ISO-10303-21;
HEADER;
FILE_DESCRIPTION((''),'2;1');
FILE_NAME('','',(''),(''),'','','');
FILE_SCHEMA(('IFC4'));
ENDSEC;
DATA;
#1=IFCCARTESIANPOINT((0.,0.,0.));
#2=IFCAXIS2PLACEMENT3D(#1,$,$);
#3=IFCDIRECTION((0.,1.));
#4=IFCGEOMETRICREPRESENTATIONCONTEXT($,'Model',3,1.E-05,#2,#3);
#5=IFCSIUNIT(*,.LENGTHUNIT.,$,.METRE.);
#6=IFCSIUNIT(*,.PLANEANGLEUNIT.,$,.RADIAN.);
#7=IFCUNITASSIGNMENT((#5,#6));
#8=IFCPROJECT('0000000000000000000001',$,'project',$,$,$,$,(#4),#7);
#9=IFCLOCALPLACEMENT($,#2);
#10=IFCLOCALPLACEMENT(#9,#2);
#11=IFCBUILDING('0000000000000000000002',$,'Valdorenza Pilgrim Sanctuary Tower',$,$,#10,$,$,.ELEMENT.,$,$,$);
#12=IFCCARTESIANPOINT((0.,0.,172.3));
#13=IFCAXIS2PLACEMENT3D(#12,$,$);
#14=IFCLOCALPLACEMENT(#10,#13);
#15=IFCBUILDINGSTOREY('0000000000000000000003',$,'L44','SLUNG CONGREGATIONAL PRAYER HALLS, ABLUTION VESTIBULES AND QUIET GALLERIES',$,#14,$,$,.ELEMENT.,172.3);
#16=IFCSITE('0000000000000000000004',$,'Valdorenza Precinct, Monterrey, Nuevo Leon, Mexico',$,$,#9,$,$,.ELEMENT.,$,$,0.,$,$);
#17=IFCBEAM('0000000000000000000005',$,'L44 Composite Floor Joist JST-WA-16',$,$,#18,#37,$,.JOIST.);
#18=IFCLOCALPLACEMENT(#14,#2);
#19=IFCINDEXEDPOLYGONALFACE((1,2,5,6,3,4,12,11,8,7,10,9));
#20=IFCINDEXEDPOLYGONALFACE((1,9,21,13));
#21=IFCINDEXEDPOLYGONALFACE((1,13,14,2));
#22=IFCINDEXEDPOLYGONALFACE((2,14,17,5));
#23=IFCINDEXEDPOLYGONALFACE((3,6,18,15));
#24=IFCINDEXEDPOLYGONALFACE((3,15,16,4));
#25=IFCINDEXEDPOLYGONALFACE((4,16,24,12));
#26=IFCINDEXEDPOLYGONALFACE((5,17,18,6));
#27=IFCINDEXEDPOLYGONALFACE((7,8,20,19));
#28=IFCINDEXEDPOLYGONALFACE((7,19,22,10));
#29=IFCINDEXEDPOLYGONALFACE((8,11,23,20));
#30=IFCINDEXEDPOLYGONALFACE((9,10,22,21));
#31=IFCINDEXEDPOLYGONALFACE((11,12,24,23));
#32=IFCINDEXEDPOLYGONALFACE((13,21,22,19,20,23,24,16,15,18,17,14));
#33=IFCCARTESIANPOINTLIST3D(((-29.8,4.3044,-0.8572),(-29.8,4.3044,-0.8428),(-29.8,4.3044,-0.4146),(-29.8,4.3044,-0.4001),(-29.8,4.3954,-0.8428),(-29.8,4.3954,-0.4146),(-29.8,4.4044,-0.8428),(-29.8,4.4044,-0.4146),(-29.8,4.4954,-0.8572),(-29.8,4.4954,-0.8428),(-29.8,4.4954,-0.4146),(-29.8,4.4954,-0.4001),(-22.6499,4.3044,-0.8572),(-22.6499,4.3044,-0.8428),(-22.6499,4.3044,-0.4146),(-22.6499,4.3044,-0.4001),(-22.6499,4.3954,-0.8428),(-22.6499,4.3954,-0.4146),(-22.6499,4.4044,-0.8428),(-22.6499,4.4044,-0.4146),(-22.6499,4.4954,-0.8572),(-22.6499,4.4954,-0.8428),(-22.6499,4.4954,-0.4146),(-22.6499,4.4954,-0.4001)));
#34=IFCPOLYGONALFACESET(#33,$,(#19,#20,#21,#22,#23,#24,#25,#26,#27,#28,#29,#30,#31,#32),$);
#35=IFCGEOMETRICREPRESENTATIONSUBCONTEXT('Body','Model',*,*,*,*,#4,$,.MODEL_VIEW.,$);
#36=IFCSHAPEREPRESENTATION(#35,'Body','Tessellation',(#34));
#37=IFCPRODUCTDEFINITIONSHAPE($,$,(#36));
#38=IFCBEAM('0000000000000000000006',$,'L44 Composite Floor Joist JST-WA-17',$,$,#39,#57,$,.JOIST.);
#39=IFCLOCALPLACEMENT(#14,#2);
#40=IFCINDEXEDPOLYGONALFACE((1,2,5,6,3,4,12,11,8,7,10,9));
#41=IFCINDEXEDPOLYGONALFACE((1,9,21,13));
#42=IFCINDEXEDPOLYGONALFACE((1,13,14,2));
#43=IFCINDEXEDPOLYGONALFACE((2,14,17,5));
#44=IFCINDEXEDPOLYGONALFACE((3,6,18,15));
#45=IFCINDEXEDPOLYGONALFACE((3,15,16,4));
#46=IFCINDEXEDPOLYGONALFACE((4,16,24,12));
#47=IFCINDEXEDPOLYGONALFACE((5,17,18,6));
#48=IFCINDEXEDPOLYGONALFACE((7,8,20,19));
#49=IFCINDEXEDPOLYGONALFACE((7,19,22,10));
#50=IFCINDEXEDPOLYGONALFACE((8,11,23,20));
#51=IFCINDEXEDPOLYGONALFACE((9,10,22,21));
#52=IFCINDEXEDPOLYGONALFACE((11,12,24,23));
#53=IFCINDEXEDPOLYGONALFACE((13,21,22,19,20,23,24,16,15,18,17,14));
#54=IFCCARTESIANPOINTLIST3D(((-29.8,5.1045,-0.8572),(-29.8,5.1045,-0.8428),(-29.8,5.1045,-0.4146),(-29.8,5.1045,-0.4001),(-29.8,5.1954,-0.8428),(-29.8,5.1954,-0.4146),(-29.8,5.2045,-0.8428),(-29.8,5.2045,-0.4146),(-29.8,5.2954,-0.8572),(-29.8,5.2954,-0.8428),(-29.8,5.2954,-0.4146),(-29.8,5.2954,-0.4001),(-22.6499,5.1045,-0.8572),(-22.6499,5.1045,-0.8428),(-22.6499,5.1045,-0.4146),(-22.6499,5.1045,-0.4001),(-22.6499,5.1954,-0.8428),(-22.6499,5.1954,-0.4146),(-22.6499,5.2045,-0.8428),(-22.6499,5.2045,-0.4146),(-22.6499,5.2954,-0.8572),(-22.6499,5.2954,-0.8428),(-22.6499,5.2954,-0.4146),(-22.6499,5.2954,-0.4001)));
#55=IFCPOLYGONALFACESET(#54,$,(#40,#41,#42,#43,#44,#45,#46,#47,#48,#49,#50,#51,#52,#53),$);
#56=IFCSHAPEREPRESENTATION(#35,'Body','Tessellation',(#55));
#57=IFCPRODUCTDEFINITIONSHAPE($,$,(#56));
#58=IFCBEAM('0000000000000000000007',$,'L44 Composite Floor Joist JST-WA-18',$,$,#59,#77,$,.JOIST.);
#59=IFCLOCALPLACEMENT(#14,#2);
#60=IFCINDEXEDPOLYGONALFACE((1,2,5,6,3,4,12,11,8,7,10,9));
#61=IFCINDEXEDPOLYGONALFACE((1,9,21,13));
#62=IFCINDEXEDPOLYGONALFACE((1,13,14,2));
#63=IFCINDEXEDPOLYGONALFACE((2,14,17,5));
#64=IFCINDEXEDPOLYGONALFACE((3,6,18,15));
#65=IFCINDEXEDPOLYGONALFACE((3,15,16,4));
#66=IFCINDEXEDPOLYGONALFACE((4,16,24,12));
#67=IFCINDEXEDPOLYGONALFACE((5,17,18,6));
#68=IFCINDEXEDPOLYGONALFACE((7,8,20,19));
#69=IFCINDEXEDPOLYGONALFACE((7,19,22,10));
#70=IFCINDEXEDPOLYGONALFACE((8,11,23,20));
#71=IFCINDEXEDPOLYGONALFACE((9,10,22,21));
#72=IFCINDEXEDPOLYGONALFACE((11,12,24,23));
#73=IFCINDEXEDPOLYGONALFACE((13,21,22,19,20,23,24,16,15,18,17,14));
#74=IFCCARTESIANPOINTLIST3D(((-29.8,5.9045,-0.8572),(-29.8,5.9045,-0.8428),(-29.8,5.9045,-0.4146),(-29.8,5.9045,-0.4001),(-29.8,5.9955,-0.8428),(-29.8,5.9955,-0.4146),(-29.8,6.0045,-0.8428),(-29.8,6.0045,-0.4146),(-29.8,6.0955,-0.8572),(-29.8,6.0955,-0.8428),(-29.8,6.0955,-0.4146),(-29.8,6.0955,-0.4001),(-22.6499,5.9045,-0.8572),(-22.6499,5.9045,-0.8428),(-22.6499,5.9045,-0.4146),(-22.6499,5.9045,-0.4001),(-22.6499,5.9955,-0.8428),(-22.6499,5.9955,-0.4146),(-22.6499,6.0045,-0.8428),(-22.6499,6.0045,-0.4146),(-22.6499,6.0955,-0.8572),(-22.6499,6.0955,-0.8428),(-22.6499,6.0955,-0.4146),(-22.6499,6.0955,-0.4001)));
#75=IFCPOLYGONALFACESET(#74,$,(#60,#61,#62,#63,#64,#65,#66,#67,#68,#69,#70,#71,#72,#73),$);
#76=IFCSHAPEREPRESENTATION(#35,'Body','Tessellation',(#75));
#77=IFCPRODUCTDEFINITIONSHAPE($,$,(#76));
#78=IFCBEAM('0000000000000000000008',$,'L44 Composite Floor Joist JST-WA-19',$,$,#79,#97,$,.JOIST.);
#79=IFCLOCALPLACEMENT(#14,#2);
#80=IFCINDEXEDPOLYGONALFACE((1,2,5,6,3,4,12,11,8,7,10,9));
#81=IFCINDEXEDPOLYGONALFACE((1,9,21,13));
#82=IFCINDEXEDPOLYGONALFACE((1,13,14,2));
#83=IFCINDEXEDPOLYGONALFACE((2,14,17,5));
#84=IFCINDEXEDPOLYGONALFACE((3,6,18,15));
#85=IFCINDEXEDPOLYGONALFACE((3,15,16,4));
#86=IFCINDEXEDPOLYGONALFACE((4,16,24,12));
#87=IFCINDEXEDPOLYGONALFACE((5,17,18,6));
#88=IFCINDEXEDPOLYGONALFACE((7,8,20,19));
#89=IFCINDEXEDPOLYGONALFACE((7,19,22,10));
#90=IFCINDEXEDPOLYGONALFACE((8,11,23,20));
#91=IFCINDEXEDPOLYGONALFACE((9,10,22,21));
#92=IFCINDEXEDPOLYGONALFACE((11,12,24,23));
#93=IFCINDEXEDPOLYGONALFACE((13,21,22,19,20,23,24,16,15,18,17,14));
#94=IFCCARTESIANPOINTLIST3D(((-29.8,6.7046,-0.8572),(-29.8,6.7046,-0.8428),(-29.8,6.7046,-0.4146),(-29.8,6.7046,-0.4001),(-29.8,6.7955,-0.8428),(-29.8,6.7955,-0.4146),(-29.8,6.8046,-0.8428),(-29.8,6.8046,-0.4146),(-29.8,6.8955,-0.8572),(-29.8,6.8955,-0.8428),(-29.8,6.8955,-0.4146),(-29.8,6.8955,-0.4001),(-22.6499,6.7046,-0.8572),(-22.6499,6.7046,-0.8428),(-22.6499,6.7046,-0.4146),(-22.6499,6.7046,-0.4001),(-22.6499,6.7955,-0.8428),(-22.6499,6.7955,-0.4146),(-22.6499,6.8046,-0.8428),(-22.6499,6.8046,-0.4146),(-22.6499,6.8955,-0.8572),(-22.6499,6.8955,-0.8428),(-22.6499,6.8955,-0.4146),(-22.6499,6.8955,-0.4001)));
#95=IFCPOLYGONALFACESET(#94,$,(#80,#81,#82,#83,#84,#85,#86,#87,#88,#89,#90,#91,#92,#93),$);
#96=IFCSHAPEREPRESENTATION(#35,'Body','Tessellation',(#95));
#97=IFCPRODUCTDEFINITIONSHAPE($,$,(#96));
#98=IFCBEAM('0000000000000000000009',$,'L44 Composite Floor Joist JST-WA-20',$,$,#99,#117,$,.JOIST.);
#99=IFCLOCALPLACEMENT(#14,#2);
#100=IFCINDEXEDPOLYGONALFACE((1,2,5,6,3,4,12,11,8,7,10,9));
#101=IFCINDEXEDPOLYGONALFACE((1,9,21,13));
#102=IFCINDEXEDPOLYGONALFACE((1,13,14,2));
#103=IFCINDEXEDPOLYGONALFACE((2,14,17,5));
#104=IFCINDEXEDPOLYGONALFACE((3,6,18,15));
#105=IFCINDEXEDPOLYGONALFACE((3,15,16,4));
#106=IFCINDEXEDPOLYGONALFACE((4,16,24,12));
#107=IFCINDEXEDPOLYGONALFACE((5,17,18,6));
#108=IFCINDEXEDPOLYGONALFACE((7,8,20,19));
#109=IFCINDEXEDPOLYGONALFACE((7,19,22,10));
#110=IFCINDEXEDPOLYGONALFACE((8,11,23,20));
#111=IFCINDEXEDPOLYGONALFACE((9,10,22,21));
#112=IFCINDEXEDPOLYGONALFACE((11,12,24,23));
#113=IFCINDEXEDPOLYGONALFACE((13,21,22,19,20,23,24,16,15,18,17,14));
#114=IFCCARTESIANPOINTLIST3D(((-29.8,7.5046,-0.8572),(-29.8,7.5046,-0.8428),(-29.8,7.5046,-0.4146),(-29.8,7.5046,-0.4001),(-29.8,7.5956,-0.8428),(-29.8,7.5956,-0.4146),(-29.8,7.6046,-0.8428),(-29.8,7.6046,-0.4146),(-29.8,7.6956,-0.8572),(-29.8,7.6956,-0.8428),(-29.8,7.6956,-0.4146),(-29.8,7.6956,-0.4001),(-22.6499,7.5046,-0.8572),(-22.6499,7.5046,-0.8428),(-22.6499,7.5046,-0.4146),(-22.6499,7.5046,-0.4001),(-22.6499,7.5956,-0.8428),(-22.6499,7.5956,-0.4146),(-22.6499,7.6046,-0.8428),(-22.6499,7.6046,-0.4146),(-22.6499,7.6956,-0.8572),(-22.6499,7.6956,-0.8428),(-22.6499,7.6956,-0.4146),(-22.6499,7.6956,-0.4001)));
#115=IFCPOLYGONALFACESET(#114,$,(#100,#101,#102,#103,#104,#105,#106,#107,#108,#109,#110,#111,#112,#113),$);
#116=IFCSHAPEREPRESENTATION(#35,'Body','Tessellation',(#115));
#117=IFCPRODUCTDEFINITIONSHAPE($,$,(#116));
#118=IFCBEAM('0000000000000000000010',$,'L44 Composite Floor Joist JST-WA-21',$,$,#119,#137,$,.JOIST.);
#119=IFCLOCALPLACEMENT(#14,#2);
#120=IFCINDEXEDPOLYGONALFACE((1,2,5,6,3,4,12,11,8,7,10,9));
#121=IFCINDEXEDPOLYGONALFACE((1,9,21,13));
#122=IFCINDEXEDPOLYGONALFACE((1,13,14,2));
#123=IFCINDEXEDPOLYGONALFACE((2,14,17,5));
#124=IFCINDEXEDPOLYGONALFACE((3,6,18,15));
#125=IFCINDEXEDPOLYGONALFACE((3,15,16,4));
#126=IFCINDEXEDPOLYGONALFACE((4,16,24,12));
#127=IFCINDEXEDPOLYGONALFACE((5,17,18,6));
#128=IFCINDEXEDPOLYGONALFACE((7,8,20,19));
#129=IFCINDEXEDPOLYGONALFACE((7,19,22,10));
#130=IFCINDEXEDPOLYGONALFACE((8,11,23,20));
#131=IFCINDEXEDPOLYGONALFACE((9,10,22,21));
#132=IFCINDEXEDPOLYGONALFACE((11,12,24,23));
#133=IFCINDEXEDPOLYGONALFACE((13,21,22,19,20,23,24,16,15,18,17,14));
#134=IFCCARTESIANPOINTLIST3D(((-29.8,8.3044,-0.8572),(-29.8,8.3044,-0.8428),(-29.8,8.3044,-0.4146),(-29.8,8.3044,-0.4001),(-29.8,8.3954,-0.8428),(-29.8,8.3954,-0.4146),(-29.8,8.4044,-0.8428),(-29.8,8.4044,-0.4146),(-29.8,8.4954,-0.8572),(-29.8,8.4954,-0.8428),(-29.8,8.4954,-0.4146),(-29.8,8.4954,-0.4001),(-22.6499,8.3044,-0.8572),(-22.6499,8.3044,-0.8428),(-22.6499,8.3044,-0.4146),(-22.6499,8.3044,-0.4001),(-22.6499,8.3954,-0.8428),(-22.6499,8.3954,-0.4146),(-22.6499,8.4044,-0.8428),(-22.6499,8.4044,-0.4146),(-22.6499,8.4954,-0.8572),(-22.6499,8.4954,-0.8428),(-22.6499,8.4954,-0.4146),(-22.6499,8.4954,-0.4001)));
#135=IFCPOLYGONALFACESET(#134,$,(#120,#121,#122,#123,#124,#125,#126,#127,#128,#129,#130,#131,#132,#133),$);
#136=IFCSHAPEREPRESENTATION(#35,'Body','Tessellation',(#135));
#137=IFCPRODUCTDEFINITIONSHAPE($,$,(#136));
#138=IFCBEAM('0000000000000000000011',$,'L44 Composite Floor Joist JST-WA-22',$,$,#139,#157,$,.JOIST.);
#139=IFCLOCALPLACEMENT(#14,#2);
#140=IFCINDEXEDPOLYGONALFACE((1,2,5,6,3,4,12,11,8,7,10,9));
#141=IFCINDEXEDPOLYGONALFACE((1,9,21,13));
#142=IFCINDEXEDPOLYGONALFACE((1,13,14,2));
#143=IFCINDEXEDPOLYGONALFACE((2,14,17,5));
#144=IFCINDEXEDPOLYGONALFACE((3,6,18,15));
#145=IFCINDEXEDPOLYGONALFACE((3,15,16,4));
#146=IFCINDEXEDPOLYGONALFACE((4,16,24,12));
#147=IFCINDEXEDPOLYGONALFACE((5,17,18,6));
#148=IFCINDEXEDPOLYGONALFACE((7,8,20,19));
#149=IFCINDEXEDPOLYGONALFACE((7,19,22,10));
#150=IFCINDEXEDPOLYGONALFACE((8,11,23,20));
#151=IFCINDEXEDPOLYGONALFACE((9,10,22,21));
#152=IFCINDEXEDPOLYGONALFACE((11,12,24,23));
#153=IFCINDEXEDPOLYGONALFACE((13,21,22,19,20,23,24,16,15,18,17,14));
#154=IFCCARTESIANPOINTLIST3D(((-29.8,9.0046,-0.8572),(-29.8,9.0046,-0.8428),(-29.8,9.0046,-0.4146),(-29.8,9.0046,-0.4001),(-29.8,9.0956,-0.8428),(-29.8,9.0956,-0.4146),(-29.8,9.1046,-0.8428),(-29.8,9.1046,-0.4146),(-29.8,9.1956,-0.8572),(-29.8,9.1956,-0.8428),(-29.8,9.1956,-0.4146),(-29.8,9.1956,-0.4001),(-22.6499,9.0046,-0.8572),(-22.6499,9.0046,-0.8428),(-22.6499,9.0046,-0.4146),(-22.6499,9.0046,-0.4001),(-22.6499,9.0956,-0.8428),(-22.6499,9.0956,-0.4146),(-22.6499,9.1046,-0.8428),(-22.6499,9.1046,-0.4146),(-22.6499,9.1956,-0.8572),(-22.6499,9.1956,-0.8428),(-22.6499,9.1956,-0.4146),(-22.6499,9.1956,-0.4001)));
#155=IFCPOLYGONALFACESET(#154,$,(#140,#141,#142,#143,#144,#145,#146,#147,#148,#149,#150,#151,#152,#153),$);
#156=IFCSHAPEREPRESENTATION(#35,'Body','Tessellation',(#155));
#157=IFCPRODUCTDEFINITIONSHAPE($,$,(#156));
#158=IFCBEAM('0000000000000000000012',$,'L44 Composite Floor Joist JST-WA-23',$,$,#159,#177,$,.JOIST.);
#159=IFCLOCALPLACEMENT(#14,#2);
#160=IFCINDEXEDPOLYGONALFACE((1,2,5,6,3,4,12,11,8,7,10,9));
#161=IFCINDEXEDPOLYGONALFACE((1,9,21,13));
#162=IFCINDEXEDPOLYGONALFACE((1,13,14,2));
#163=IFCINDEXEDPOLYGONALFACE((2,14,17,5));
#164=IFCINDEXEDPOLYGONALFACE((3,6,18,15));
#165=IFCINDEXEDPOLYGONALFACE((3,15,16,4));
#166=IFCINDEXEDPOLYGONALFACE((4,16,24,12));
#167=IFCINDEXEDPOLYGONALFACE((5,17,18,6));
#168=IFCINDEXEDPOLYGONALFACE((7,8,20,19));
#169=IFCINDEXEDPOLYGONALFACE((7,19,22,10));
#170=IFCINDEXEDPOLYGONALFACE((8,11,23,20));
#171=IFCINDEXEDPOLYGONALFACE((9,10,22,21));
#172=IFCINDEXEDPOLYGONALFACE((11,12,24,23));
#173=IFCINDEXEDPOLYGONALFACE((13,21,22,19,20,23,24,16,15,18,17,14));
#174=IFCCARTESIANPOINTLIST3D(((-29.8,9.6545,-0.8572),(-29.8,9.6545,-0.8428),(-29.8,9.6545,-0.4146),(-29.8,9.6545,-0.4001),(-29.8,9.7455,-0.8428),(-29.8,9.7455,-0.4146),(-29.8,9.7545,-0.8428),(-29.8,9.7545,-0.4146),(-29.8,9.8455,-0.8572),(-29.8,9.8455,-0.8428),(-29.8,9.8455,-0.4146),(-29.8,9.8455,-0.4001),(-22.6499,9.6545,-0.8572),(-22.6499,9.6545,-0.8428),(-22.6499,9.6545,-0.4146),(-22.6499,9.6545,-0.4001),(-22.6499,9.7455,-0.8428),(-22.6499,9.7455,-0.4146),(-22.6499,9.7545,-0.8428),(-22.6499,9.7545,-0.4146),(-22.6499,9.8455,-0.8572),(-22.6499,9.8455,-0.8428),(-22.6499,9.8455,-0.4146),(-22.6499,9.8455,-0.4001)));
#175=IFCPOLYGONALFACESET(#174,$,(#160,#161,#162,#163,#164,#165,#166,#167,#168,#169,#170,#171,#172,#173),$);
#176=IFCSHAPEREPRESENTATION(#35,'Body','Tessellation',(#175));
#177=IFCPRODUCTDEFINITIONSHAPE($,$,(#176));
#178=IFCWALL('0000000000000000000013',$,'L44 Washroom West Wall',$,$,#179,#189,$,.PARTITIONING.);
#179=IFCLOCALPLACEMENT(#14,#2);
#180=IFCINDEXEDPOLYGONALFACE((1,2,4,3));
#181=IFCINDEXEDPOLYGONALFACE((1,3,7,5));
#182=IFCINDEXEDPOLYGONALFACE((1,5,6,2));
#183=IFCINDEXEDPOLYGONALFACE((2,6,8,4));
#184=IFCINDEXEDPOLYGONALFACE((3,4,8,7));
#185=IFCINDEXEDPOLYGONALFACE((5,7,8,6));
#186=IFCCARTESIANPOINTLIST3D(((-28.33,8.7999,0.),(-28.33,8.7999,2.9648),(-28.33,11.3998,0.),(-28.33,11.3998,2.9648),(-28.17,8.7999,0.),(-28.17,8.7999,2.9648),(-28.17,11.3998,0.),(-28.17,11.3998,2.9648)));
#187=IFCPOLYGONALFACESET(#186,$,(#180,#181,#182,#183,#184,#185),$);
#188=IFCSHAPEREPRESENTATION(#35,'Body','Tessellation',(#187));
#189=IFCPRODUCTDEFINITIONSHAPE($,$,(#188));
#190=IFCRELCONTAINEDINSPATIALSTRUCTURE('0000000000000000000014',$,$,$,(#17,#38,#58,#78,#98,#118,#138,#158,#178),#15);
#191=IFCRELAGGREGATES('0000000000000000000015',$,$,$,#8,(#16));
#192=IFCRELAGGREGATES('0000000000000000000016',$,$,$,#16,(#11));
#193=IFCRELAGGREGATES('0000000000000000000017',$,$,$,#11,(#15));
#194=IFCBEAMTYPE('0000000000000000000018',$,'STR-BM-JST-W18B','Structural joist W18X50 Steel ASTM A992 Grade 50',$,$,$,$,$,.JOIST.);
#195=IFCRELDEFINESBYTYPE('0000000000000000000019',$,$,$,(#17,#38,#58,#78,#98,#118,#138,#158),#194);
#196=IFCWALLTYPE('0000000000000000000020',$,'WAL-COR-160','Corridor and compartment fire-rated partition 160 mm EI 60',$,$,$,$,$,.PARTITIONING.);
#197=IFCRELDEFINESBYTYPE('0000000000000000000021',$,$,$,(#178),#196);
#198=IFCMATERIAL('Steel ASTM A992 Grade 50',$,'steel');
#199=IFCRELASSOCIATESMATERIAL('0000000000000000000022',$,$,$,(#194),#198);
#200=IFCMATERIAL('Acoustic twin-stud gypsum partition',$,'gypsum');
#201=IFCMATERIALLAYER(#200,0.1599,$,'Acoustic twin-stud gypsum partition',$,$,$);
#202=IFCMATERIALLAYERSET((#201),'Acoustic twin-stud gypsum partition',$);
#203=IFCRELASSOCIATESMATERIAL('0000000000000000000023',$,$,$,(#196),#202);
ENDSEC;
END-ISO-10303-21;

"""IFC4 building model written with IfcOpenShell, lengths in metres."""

from ifc_helpers import new_model, si_unit, direction, frame, frame_2d, origin, origin_2d, place, context, subcontext, project, spatial, rectangle, i_section, extrude, source, transform, mapped, material, layer, layer_set, material_profile, profile_set, type_object, element, save


model = new_model("IFC4")

# Units and contexts
model_context = context("Model", 3, precision=1e-05, world=origin(), true_north=direction((0.0, 1.0)))
body_context = subcontext(model_context, "Body", "Model", "MODEL_VIEW")
ifc_project = project(units=[si_unit("LENGTHUNIT", "METRE"), si_unit("PLANEANGLEUNIT", "RADIAN")], contexts=[model_context])

# Site, building, storey
site_placement = place(None, origin())
site = spatial("IfcSite", under=ifc_project, at=site_placement, Name="Valdorenza Precinct, Monterrey, Nuevo Leon, Mexico", CompositionType="ELEMENT", RefElevation=0.0)
building_placement = place(site_placement, origin())
building = spatial("IfcBuilding", under=site, at=building_placement, Name="Valdorenza Pilgrim Sanctuary Tower", CompositionType="ELEMENT")
storey_placement = place(building_placement, frame((0.0, 0.0, 172.3)))
storey = spatial("IfcBuildingStorey", under=building, at=storey_placement, Name="L44", Description="SLUNG CONGREGATIONAL PRAYER HALLS, ABLUTION VESTIBULES AND QUIET GALLERIES", CompositionType="ELEMENT", Elevation=172.3)

# Beams
ifc_material_1 = material(Name="Steel ASTM A992 Grade 50", Category="steel")
ifc_material_profile = material_profile(ifc_material_1, i_section(OverallWidth=0.1909, OverallDepth=0.457, WebThickness=0.009, FlangeThickness=0.0144, at=origin_2d()), Name="W18X50")
ifc_profile_set = profile_set([ifc_material_profile], Name="Steel ASTM A992 Grade 50")
beam_type = type_object("IfcBeamType", Name="STR-BM-JST-W18B", Description="Structural joist W18X50 Steel ASTM A992 Grade 50", PredefinedType="JOIST", material=ifc_profile_set)
shared_shape = source(origin(), body_context, "Body", "SweptSolid", [
    extrude(i_section(OverallWidth=0.1909, OverallDepth=0.457, WebThickness=0.009, FlangeThickness=0.0144, at=origin_2d()), origin(), (0.0, 0.0, 1.0), 7.1501),
])
for number, where, z_axis, x_axis, name in (
    (1, (-29.8, 4.3999, -0.6287), (1.0, 0.0, 0.0), (0.0, 1.0, 0.0), "L44 Composite Floor Joist JST-WA-16"),
    (2, (-29.8, 5.2, -0.6287), (1.0, 0.0, 0.0), (0.0, 1.0, 0.0), "L44 Composite Floor Joist JST-WA-17"),
    (3, (-29.8, 6.0, -0.6287), (1.0, 0.0, 0.0), (0.0, 1.0, 0.0), "L44 Composite Floor Joist JST-WA-18"),
    (4, (-29.8, 6.8, -0.6287), (1.0, 0.0, 0.0), (0.0, 1.0, 0.0), "L44 Composite Floor Joist JST-WA-19"),
    (5, (-29.8, 7.6001, -0.6287), (1.0, 0.0, 0.0), (0.0, 1.0, 0.0), "L44 Composite Floor Joist JST-WA-20"),
    (6, (-29.8, 8.3999, -0.6287), (1.0, 0.0, 0.0), (0.0, 1.0, 0.0), "L44 Composite Floor Joist JST-WA-21"),
    (7, (-29.8, 9.1001, -0.6287), (1.0, 0.0, 0.0), (0.0, 1.0, 0.0), "L44 Composite Floor Joist JST-WA-22"),
    (8, (-29.8, 9.75, -0.6287), (1.0, 0.0, 0.0), (0.0, 1.0, 0.0), "L44 Composite Floor Joist JST-WA-23"),
):
    element("IfcBeam", number, at=place(storey_placement, frame(where, z_axis=z_axis, x_axis=x_axis)), inside=storey, type_object=beam_type, Name=name, PredefinedType="JOIST", context=body_context, shape_type="MappedRepresentation", body=[
        mapped(shared_shape, transform((0.0, 0.0, 0.0), x_axis=(1.0, 0.0, 0.0), y_axis=(0.0, 1.0, 0.0), z_axis=(0.0, 0.0, 1.0), scale=1.0)),
    ])

# Wall
ifc_material_2 = material(Name="Acoustic twin-stud gypsum partition", Category="gypsum")
ifc_layer_1 = layer(ifc_material_2, 0.1599, Name="Acoustic twin-stud gypsum partition")
ifc_layer_set_1 = layer_set([ifc_layer_1], Name="Acoustic twin-stud gypsum partition")
wall_type_1 = type_object("IfcWallType", Name="WAL-COR-160", Description="Corridor and compartment fire-rated partition 160 mm EI 60", PredefinedType="PARTITIONING", material=ifc_layer_set_1)
wall_1_placement = place(storey_placement, frame((-28.25, 8.8, 0.0), z_axis=(0.0, 0.0, 1.0), x_axis=(0.0, 1.0, 0.0)))
element("IfcWall", 9, at=wall_1_placement, inside=storey, type_object=wall_type_1, Name="L44 Washroom West Wall", PredefinedType="PARTITIONING", context=body_context, shape_type="SweptSolid", body=[
    extrude(rectangle(XDim=2.5999, YDim=0.1599, at=frame_2d((1.2998, 0.0))), origin(), (0.0, 0.0, 1.0), 2.9648),
])

save(model, "model.ifc")
